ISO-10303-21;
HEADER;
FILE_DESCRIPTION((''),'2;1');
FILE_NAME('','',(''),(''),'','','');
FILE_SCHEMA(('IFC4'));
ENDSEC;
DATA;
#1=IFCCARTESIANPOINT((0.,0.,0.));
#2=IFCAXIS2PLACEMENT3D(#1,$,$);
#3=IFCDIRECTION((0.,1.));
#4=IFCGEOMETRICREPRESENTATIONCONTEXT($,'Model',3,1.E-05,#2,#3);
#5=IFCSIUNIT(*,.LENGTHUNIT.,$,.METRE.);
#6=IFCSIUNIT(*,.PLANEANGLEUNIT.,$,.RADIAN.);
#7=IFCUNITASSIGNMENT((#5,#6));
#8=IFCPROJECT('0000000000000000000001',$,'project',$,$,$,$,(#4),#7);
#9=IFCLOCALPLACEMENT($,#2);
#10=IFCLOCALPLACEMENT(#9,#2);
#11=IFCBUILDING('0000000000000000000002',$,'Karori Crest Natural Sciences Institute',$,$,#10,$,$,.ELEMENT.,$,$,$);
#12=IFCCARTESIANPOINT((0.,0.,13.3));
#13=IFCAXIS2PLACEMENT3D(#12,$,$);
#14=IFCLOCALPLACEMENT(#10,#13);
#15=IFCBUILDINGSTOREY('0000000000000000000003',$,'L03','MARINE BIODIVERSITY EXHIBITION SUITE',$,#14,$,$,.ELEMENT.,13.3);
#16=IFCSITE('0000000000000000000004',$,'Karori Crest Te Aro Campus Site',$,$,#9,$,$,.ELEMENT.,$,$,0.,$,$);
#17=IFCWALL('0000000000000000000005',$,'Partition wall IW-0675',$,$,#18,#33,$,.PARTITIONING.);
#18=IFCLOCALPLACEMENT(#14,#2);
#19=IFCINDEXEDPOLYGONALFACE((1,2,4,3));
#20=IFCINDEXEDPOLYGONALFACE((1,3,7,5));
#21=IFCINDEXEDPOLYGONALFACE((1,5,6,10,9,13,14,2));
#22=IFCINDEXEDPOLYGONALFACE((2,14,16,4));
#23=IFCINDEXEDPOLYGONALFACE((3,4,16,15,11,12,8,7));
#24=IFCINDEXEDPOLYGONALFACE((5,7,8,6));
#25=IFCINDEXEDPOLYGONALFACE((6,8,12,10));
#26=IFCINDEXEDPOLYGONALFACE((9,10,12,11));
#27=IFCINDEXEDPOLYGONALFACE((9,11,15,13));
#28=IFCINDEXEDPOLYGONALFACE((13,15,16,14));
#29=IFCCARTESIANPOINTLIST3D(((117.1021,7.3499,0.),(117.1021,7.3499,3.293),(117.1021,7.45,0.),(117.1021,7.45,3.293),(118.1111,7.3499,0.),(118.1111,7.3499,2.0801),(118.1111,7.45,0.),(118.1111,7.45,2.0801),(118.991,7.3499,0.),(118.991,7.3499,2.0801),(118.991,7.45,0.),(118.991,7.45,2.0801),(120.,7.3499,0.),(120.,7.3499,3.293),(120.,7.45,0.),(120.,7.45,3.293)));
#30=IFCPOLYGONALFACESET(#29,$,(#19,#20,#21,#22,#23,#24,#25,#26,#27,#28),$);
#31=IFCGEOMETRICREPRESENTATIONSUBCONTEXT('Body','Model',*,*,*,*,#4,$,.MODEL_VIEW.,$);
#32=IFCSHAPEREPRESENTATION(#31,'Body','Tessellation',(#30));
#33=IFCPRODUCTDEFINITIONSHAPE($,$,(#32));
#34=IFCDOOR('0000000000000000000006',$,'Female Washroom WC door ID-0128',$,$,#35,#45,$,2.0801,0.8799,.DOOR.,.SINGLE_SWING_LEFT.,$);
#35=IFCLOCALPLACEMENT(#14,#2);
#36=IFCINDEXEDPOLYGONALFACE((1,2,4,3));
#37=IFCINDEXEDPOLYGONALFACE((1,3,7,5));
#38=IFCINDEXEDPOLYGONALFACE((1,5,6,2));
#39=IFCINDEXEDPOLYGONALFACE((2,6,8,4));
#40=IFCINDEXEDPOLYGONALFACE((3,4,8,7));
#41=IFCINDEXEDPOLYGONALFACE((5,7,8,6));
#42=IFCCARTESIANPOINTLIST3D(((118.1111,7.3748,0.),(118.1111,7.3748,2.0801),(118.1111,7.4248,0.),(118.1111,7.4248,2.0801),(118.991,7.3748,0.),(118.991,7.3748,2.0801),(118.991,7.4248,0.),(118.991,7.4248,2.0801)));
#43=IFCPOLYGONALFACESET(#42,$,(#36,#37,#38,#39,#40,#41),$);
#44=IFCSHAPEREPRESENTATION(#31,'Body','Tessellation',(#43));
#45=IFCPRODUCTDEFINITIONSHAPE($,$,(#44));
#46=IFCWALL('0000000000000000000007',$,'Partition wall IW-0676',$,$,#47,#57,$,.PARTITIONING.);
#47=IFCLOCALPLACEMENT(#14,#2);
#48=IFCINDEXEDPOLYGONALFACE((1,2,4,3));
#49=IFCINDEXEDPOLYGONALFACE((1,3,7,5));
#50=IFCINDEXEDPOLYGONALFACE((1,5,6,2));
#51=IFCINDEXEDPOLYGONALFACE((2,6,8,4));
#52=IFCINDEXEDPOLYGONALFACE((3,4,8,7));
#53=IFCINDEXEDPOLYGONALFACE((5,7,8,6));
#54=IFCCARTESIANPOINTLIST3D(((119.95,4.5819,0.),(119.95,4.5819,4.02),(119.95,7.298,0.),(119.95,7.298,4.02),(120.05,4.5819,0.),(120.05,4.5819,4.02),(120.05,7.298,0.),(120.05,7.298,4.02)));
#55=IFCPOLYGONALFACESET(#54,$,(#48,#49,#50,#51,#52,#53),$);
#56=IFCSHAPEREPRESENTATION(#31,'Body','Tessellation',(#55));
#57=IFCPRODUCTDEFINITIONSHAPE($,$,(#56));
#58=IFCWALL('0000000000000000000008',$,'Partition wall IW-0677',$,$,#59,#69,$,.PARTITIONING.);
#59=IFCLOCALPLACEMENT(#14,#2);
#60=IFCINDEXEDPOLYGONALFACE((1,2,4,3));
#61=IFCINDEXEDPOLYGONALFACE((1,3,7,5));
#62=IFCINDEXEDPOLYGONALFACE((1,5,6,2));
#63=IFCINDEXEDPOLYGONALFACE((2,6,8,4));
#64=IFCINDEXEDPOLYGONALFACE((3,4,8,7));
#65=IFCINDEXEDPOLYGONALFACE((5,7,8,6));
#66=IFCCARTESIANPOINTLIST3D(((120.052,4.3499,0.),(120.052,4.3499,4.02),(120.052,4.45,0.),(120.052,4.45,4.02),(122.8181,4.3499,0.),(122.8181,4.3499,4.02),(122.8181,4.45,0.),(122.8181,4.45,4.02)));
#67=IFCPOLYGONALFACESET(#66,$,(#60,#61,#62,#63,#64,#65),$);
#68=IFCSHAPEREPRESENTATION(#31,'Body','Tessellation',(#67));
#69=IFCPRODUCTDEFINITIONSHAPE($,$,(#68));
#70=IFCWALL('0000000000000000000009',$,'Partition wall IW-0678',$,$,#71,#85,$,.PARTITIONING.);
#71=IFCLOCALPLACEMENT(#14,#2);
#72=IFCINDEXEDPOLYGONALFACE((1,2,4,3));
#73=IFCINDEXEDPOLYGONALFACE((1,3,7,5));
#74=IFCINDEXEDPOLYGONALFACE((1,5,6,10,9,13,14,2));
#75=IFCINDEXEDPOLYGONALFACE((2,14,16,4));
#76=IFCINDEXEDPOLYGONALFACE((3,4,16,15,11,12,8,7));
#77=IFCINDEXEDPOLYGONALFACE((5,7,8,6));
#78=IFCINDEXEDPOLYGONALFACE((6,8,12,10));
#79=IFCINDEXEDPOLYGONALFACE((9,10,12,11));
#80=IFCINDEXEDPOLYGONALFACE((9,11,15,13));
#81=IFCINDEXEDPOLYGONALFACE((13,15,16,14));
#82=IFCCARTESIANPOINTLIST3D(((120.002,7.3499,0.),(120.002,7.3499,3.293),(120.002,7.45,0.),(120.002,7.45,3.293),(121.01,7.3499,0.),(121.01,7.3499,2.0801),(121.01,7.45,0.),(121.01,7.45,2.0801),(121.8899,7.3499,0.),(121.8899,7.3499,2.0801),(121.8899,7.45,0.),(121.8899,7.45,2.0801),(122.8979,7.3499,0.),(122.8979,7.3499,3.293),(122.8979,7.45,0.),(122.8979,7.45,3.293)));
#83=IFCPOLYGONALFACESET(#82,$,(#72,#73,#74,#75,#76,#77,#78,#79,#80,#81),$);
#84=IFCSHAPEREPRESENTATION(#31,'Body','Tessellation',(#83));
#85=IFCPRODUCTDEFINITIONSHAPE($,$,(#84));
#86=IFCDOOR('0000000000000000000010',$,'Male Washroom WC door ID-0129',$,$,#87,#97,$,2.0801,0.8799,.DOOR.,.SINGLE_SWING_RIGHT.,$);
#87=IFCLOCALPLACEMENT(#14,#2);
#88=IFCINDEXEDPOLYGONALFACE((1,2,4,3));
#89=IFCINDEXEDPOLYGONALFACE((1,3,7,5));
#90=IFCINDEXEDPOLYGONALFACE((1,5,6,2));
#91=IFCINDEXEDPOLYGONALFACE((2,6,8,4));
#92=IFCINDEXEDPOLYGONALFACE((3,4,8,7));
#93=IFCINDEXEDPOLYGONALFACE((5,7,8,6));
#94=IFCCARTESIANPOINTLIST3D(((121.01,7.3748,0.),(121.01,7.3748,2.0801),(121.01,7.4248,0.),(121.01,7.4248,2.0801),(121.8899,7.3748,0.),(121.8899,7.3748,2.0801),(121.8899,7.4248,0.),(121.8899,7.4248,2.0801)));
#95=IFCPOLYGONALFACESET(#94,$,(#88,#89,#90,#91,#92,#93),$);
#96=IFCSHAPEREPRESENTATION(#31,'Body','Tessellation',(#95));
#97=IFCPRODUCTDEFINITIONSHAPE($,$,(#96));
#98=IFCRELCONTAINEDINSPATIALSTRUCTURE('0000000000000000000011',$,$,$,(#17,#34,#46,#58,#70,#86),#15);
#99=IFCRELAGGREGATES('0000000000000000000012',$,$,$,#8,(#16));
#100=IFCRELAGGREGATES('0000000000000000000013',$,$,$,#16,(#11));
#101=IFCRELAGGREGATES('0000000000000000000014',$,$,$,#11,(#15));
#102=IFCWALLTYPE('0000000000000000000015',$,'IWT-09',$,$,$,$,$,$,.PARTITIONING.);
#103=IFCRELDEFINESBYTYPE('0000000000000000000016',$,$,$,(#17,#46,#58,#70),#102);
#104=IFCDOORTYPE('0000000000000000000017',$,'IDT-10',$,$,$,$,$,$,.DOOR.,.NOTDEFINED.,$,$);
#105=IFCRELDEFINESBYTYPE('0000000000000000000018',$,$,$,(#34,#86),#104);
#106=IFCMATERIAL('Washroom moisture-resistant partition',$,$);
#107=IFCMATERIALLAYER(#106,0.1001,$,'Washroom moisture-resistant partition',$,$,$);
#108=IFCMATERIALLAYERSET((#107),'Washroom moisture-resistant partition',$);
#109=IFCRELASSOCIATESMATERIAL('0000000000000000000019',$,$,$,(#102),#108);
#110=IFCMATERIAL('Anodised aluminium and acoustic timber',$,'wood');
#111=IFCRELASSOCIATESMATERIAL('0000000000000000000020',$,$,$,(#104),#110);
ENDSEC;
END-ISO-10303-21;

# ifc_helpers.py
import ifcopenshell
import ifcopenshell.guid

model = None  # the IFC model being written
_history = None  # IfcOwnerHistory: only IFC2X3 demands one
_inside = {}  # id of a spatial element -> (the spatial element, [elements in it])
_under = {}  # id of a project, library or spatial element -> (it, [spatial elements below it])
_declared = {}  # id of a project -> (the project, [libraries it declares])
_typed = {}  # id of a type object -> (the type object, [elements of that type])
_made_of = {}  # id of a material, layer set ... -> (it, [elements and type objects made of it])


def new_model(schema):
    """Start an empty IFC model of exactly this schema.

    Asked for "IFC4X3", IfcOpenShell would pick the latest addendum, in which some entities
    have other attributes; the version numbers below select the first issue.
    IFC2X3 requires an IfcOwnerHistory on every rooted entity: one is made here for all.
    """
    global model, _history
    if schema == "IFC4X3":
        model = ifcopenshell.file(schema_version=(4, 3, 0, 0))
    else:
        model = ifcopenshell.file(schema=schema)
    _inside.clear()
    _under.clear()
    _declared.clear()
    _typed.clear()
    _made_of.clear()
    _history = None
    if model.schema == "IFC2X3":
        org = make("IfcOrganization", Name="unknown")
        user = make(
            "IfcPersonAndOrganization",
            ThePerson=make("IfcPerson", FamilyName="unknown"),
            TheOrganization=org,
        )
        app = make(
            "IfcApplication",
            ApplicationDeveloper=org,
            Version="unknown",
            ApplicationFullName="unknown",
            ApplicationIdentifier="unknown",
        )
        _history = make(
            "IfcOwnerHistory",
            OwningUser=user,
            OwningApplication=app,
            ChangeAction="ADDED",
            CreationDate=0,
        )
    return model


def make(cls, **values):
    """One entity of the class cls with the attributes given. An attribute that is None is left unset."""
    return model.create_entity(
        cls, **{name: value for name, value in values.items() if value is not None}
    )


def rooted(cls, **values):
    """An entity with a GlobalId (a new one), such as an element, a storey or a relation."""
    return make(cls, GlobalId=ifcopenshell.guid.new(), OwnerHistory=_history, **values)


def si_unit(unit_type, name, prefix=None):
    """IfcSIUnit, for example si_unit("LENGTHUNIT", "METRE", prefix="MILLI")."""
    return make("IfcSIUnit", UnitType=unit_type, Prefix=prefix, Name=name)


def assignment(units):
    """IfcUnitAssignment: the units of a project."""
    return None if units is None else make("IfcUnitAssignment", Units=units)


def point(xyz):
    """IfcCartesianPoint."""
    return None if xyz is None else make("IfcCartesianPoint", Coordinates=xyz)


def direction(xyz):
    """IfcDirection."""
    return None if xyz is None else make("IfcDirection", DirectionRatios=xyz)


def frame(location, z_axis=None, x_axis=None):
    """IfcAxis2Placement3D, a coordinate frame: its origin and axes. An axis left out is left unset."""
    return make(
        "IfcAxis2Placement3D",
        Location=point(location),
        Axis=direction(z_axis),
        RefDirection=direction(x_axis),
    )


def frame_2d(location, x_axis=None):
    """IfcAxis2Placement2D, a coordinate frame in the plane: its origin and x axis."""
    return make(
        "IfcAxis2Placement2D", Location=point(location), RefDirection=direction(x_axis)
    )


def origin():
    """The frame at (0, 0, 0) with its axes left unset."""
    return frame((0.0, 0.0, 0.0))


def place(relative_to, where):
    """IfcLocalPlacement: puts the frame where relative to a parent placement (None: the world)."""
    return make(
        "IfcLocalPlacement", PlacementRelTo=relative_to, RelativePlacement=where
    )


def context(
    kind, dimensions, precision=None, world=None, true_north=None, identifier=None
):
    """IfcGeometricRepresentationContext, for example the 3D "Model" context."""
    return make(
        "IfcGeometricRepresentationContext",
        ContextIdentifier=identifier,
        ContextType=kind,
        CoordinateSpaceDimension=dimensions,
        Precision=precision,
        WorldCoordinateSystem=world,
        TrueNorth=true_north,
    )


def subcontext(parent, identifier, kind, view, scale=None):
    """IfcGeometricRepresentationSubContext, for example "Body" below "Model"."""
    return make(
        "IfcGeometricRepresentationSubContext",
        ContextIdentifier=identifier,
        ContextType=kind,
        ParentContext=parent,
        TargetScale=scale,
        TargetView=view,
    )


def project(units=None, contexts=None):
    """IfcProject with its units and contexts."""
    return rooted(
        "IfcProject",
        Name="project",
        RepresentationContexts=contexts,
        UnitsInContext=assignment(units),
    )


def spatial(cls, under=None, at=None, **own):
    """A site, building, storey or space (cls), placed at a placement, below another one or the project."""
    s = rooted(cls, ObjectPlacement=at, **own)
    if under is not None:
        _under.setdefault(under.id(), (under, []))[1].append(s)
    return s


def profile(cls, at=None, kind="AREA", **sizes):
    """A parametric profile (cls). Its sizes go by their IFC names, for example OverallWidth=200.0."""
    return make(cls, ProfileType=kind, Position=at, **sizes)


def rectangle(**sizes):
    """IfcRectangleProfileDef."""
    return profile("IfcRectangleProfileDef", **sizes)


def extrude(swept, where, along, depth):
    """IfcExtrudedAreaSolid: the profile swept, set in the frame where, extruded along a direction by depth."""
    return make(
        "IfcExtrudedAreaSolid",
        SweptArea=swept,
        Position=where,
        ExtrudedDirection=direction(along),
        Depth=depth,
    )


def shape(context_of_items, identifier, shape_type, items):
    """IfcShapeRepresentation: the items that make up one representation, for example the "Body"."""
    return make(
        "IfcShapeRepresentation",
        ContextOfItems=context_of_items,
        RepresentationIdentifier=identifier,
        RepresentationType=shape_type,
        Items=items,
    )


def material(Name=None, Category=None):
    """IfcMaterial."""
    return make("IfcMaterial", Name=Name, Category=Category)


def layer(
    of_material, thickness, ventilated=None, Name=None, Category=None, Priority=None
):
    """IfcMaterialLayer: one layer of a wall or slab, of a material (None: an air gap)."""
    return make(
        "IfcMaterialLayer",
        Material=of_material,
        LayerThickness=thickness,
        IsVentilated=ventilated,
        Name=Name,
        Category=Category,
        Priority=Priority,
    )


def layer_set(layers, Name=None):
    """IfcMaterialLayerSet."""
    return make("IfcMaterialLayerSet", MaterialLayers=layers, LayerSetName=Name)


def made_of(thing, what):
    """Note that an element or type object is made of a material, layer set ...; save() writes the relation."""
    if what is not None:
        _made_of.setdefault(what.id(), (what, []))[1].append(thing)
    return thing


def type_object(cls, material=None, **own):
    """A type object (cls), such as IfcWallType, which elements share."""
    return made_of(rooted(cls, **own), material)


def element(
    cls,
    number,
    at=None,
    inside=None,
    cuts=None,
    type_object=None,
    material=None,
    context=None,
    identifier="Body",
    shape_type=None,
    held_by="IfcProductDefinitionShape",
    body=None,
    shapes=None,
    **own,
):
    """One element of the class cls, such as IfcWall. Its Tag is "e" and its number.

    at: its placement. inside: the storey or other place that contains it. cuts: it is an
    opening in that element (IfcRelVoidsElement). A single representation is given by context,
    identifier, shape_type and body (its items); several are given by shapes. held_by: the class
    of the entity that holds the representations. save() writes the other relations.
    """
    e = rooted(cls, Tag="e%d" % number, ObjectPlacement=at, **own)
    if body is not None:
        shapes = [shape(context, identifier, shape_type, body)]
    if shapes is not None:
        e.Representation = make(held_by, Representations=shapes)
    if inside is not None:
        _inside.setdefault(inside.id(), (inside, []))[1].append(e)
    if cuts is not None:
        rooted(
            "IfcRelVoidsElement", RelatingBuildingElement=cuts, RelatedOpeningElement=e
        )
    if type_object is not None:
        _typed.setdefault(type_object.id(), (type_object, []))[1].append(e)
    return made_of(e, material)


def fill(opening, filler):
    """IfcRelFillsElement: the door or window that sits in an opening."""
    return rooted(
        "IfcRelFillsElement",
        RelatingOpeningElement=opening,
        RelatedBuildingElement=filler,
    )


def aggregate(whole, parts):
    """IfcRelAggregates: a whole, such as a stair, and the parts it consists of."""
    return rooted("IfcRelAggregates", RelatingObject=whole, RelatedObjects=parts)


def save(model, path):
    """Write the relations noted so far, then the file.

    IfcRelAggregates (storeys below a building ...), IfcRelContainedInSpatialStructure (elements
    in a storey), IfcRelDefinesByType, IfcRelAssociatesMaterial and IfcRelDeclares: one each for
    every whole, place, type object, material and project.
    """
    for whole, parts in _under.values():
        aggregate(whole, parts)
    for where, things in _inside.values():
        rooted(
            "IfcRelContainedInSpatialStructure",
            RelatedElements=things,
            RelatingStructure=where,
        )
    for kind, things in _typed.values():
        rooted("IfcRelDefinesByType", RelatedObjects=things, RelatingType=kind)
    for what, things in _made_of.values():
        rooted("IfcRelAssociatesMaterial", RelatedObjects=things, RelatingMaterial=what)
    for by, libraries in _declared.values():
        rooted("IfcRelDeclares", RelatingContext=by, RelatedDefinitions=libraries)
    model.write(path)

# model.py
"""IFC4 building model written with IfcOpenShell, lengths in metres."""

from ifc_helpers import new_model, si_unit, direction, frame, frame_2d, origin, place, context, subcontext, project, spatial, rectangle, extrude, material, layer, layer_set, type_object, element, fill, save


model = new_model("IFC4")

# Units and contexts
model_context = context("Model", 3, precision=1e-05, world=origin(), true_north=direction((0.0, 1.0)))
body_context = subcontext(model_context, "Body", "Model", "MODEL_VIEW")
ifc_project = project(units=[si_unit("LENGTHUNIT", "METRE"), si_unit("PLANEANGLEUNIT", "RADIAN")], contexts=[model_context])

# Site, building, storey
site_placement = place(None, origin())
site = spatial("IfcSite", under=ifc_project, at=site_placement, Name="Karori Crest Te Aro Campus Site", CompositionType="ELEMENT", RefElevation=0.0)
building_placement = place(site_placement, origin())
building = spatial("IfcBuilding", under=site, at=building_placement, Name="Karori Crest Natural Sciences Institute", CompositionType="ELEMENT")
storey_placement = place(building_placement, frame((0.0, 0.0, 13.3)))
storey = spatial("IfcBuildingStorey", under=building, at=storey_placement, Name="L03", Description="MARINE BIODIVERSITY EXHIBITION SUITE", CompositionType="ELEMENT", Elevation=13.3)

# Shared definitions
ifc_material_1 = material(Name="Anodised aluminium and acoustic timber", Category="wood")

# Shared definitions
ifc_material_2 = material(Name="Washroom moisture-resistant partition")
ifc_layer_1 = layer(ifc_material_2, 0.1001, Name="Washroom moisture-resistant partition")
ifc_layer_set_1 = layer_set([ifc_layer_1], Name="Washroom moisture-resistant partition")
wall_type_1 = type_object("IfcWallType", Name="IWT-09", PredefinedType="PARTITIONING", material=ifc_layer_set_1)

# Wall, opening, door
wall_1_placement = place(storey_placement, frame((117.1021, 7.3999, 0.0), z_axis=(0.0, 0.0, 1.0), x_axis=(1.0, 0.0, 0.0)))
wall_1 = element("IfcWall", 1, at=wall_1_placement, inside=storey, type_object=wall_type_1, Name="Partition wall IW-0675", PredefinedType="PARTITIONING", context=body_context, shape_type="SweptSolid", body=[
    extrude(rectangle(XDim=2.8979, YDim=0.1001, at=frame_2d((1.449, 0.0))), origin(), (0.0, 0.0, 1.0), 3.293),
])
opening_1_placement = place(wall_1_placement, frame((1.009, 0.0, 0.0)))
opening_1 = element("IfcOpeningElement", 2, at=opening_1_placement, cuts=wall_1, PredefinedType="OPENING", context=body_context, shape_type="SweptSolid", body=[
    extrude(rectangle(XDim=0.8799, YDim=2.0801, at=frame_2d((0.4399, 1.04))), frame((0.0, 0.0601, 0.0), z_axis=(0.0, -1.0, 0.0), x_axis=(1.0, 0.0, 0.0)), (0.0, 0.0, 1.0), 0.1201),
])
door_type_1 = type_object("IfcDoorType", Name="IDT-10", OperationType="NOTDEFINED", PredefinedType="DOOR", material=ifc_material_1)
door_1_placement = place(opening_1_placement, origin())
door_1 = element("IfcDoor", 3, at=door_1_placement, inside=storey, type_object=door_type_1, Name="Female Washroom WC door ID-0128", OperationType="SINGLE_SWING_LEFT", OverallHeight=2.0801, OverallWidth=0.8799, PredefinedType="DOOR", context=body_context, shape_type="SweptSolid", body=[
    extrude(rectangle(XDim=0.8799, YDim=2.0801, at=frame_2d((0.4399, 1.04))), frame((0.0, 0.0249, 0.0), z_axis=(0.0, -1.0, 0.0), x_axis=(1.0, 0.0, 0.0)), (0.0, 0.0, 1.0), 0.05),
])
fill(opening_1, door_1)

# Walls
wall_2_placement = place(storey_placement, frame((120.0, 4.582, 0.0), z_axis=(0.0, 0.0, 1.0), x_axis=(0.0, 1.0, 0.0)))
element("IfcWall", 4, at=wall_2_placement, inside=storey, type_object=wall_type_1, Name="Partition wall IW-0676", PredefinedType="PARTITIONING", context=body_context, shape_type="SweptSolid", body=[
    extrude(rectangle(XDim=2.7161, YDim=0.1001, at=frame_2d((1.3579, 0.0))), origin(), (0.0, 0.0, 1.0), 4.02),
])
wall_3_placement = place(storey_placement, frame((120.052, 4.3999, 0.0), z_axis=(0.0, 0.0, 1.0), x_axis=(1.0, 0.0, 0.0)))
element("IfcWall", 5, at=wall_3_placement, inside=storey, type_object=wall_type_1, Name="Partition wall IW-0677", PredefinedType="PARTITIONING", context=body_context, shape_type="SweptSolid", body=[
    extrude(rectangle(XDim=2.7661, YDim=0.1001, at=frame_2d((1.3831, 0.0))), origin(), (0.0, 0.0, 1.0), 4.02),
])

# Wall, opening, door
wall_4_placement = place(storey_placement, frame((120.002, 7.3999, 0.0), z_axis=(0.0, 0.0, 1.0), x_axis=(1.0, 0.0, 0.0)))
wall_4 = element("IfcWall", 6, at=wall_4_placement, inside=storey, type_object=wall_type_1, Name="Partition wall IW-0678", PredefinedType="PARTITIONING", context=body_context, shape_type="SweptSolid", body=[
    extrude(rectangle(XDim=2.896, YDim=0.1001, at=frame_2d((1.448, 0.0))), origin(), (0.0, 0.0, 1.0), 3.293),
])
opening_2_placement = place(wall_4_placement, frame((1.0081, 0.0, 0.0)))
opening_2 = element("IfcOpeningElement", 7, at=opening_2_placement, cuts=wall_4, PredefinedType="OPENING", context=body_context, shape_type="SweptSolid", body=[
    extrude(rectangle(XDim=0.8799, YDim=2.0801, at=frame_2d((0.4399, 1.04))), frame((0.0, 0.0601, 0.0), z_axis=(0.0, -1.0, 0.0), x_axis=(1.0, 0.0, 0.0)), (0.0, 0.0, 1.0), 0.1201),
])
door_2_placement = place(opening_2_placement, origin())
door_2 = element("IfcDoor", 8, at=door_2_placement, inside=storey, type_object=door_type_1, Name="Male Washroom WC door ID-0129", OperationType="SINGLE_SWING_RIGHT", OverallHeight=2.0801, OverallWidth=0.8799, PredefinedType="DOOR", context=body_context, shape_type="SweptSolid", body=[
    extrude(rectangle(XDim=0.8799, YDim=2.0801, at=frame_2d((0.4399, 1.04))), frame((0.0, 0.0249, 0.0), z_axis=(0.0, -1.0, 0.0), x_axis=(1.0, 0.0, 0.0)), (0.0, 0.0, 1.0), 0.05),
])
fill(opening_2, door_2)

save(model, "model.ifc")
